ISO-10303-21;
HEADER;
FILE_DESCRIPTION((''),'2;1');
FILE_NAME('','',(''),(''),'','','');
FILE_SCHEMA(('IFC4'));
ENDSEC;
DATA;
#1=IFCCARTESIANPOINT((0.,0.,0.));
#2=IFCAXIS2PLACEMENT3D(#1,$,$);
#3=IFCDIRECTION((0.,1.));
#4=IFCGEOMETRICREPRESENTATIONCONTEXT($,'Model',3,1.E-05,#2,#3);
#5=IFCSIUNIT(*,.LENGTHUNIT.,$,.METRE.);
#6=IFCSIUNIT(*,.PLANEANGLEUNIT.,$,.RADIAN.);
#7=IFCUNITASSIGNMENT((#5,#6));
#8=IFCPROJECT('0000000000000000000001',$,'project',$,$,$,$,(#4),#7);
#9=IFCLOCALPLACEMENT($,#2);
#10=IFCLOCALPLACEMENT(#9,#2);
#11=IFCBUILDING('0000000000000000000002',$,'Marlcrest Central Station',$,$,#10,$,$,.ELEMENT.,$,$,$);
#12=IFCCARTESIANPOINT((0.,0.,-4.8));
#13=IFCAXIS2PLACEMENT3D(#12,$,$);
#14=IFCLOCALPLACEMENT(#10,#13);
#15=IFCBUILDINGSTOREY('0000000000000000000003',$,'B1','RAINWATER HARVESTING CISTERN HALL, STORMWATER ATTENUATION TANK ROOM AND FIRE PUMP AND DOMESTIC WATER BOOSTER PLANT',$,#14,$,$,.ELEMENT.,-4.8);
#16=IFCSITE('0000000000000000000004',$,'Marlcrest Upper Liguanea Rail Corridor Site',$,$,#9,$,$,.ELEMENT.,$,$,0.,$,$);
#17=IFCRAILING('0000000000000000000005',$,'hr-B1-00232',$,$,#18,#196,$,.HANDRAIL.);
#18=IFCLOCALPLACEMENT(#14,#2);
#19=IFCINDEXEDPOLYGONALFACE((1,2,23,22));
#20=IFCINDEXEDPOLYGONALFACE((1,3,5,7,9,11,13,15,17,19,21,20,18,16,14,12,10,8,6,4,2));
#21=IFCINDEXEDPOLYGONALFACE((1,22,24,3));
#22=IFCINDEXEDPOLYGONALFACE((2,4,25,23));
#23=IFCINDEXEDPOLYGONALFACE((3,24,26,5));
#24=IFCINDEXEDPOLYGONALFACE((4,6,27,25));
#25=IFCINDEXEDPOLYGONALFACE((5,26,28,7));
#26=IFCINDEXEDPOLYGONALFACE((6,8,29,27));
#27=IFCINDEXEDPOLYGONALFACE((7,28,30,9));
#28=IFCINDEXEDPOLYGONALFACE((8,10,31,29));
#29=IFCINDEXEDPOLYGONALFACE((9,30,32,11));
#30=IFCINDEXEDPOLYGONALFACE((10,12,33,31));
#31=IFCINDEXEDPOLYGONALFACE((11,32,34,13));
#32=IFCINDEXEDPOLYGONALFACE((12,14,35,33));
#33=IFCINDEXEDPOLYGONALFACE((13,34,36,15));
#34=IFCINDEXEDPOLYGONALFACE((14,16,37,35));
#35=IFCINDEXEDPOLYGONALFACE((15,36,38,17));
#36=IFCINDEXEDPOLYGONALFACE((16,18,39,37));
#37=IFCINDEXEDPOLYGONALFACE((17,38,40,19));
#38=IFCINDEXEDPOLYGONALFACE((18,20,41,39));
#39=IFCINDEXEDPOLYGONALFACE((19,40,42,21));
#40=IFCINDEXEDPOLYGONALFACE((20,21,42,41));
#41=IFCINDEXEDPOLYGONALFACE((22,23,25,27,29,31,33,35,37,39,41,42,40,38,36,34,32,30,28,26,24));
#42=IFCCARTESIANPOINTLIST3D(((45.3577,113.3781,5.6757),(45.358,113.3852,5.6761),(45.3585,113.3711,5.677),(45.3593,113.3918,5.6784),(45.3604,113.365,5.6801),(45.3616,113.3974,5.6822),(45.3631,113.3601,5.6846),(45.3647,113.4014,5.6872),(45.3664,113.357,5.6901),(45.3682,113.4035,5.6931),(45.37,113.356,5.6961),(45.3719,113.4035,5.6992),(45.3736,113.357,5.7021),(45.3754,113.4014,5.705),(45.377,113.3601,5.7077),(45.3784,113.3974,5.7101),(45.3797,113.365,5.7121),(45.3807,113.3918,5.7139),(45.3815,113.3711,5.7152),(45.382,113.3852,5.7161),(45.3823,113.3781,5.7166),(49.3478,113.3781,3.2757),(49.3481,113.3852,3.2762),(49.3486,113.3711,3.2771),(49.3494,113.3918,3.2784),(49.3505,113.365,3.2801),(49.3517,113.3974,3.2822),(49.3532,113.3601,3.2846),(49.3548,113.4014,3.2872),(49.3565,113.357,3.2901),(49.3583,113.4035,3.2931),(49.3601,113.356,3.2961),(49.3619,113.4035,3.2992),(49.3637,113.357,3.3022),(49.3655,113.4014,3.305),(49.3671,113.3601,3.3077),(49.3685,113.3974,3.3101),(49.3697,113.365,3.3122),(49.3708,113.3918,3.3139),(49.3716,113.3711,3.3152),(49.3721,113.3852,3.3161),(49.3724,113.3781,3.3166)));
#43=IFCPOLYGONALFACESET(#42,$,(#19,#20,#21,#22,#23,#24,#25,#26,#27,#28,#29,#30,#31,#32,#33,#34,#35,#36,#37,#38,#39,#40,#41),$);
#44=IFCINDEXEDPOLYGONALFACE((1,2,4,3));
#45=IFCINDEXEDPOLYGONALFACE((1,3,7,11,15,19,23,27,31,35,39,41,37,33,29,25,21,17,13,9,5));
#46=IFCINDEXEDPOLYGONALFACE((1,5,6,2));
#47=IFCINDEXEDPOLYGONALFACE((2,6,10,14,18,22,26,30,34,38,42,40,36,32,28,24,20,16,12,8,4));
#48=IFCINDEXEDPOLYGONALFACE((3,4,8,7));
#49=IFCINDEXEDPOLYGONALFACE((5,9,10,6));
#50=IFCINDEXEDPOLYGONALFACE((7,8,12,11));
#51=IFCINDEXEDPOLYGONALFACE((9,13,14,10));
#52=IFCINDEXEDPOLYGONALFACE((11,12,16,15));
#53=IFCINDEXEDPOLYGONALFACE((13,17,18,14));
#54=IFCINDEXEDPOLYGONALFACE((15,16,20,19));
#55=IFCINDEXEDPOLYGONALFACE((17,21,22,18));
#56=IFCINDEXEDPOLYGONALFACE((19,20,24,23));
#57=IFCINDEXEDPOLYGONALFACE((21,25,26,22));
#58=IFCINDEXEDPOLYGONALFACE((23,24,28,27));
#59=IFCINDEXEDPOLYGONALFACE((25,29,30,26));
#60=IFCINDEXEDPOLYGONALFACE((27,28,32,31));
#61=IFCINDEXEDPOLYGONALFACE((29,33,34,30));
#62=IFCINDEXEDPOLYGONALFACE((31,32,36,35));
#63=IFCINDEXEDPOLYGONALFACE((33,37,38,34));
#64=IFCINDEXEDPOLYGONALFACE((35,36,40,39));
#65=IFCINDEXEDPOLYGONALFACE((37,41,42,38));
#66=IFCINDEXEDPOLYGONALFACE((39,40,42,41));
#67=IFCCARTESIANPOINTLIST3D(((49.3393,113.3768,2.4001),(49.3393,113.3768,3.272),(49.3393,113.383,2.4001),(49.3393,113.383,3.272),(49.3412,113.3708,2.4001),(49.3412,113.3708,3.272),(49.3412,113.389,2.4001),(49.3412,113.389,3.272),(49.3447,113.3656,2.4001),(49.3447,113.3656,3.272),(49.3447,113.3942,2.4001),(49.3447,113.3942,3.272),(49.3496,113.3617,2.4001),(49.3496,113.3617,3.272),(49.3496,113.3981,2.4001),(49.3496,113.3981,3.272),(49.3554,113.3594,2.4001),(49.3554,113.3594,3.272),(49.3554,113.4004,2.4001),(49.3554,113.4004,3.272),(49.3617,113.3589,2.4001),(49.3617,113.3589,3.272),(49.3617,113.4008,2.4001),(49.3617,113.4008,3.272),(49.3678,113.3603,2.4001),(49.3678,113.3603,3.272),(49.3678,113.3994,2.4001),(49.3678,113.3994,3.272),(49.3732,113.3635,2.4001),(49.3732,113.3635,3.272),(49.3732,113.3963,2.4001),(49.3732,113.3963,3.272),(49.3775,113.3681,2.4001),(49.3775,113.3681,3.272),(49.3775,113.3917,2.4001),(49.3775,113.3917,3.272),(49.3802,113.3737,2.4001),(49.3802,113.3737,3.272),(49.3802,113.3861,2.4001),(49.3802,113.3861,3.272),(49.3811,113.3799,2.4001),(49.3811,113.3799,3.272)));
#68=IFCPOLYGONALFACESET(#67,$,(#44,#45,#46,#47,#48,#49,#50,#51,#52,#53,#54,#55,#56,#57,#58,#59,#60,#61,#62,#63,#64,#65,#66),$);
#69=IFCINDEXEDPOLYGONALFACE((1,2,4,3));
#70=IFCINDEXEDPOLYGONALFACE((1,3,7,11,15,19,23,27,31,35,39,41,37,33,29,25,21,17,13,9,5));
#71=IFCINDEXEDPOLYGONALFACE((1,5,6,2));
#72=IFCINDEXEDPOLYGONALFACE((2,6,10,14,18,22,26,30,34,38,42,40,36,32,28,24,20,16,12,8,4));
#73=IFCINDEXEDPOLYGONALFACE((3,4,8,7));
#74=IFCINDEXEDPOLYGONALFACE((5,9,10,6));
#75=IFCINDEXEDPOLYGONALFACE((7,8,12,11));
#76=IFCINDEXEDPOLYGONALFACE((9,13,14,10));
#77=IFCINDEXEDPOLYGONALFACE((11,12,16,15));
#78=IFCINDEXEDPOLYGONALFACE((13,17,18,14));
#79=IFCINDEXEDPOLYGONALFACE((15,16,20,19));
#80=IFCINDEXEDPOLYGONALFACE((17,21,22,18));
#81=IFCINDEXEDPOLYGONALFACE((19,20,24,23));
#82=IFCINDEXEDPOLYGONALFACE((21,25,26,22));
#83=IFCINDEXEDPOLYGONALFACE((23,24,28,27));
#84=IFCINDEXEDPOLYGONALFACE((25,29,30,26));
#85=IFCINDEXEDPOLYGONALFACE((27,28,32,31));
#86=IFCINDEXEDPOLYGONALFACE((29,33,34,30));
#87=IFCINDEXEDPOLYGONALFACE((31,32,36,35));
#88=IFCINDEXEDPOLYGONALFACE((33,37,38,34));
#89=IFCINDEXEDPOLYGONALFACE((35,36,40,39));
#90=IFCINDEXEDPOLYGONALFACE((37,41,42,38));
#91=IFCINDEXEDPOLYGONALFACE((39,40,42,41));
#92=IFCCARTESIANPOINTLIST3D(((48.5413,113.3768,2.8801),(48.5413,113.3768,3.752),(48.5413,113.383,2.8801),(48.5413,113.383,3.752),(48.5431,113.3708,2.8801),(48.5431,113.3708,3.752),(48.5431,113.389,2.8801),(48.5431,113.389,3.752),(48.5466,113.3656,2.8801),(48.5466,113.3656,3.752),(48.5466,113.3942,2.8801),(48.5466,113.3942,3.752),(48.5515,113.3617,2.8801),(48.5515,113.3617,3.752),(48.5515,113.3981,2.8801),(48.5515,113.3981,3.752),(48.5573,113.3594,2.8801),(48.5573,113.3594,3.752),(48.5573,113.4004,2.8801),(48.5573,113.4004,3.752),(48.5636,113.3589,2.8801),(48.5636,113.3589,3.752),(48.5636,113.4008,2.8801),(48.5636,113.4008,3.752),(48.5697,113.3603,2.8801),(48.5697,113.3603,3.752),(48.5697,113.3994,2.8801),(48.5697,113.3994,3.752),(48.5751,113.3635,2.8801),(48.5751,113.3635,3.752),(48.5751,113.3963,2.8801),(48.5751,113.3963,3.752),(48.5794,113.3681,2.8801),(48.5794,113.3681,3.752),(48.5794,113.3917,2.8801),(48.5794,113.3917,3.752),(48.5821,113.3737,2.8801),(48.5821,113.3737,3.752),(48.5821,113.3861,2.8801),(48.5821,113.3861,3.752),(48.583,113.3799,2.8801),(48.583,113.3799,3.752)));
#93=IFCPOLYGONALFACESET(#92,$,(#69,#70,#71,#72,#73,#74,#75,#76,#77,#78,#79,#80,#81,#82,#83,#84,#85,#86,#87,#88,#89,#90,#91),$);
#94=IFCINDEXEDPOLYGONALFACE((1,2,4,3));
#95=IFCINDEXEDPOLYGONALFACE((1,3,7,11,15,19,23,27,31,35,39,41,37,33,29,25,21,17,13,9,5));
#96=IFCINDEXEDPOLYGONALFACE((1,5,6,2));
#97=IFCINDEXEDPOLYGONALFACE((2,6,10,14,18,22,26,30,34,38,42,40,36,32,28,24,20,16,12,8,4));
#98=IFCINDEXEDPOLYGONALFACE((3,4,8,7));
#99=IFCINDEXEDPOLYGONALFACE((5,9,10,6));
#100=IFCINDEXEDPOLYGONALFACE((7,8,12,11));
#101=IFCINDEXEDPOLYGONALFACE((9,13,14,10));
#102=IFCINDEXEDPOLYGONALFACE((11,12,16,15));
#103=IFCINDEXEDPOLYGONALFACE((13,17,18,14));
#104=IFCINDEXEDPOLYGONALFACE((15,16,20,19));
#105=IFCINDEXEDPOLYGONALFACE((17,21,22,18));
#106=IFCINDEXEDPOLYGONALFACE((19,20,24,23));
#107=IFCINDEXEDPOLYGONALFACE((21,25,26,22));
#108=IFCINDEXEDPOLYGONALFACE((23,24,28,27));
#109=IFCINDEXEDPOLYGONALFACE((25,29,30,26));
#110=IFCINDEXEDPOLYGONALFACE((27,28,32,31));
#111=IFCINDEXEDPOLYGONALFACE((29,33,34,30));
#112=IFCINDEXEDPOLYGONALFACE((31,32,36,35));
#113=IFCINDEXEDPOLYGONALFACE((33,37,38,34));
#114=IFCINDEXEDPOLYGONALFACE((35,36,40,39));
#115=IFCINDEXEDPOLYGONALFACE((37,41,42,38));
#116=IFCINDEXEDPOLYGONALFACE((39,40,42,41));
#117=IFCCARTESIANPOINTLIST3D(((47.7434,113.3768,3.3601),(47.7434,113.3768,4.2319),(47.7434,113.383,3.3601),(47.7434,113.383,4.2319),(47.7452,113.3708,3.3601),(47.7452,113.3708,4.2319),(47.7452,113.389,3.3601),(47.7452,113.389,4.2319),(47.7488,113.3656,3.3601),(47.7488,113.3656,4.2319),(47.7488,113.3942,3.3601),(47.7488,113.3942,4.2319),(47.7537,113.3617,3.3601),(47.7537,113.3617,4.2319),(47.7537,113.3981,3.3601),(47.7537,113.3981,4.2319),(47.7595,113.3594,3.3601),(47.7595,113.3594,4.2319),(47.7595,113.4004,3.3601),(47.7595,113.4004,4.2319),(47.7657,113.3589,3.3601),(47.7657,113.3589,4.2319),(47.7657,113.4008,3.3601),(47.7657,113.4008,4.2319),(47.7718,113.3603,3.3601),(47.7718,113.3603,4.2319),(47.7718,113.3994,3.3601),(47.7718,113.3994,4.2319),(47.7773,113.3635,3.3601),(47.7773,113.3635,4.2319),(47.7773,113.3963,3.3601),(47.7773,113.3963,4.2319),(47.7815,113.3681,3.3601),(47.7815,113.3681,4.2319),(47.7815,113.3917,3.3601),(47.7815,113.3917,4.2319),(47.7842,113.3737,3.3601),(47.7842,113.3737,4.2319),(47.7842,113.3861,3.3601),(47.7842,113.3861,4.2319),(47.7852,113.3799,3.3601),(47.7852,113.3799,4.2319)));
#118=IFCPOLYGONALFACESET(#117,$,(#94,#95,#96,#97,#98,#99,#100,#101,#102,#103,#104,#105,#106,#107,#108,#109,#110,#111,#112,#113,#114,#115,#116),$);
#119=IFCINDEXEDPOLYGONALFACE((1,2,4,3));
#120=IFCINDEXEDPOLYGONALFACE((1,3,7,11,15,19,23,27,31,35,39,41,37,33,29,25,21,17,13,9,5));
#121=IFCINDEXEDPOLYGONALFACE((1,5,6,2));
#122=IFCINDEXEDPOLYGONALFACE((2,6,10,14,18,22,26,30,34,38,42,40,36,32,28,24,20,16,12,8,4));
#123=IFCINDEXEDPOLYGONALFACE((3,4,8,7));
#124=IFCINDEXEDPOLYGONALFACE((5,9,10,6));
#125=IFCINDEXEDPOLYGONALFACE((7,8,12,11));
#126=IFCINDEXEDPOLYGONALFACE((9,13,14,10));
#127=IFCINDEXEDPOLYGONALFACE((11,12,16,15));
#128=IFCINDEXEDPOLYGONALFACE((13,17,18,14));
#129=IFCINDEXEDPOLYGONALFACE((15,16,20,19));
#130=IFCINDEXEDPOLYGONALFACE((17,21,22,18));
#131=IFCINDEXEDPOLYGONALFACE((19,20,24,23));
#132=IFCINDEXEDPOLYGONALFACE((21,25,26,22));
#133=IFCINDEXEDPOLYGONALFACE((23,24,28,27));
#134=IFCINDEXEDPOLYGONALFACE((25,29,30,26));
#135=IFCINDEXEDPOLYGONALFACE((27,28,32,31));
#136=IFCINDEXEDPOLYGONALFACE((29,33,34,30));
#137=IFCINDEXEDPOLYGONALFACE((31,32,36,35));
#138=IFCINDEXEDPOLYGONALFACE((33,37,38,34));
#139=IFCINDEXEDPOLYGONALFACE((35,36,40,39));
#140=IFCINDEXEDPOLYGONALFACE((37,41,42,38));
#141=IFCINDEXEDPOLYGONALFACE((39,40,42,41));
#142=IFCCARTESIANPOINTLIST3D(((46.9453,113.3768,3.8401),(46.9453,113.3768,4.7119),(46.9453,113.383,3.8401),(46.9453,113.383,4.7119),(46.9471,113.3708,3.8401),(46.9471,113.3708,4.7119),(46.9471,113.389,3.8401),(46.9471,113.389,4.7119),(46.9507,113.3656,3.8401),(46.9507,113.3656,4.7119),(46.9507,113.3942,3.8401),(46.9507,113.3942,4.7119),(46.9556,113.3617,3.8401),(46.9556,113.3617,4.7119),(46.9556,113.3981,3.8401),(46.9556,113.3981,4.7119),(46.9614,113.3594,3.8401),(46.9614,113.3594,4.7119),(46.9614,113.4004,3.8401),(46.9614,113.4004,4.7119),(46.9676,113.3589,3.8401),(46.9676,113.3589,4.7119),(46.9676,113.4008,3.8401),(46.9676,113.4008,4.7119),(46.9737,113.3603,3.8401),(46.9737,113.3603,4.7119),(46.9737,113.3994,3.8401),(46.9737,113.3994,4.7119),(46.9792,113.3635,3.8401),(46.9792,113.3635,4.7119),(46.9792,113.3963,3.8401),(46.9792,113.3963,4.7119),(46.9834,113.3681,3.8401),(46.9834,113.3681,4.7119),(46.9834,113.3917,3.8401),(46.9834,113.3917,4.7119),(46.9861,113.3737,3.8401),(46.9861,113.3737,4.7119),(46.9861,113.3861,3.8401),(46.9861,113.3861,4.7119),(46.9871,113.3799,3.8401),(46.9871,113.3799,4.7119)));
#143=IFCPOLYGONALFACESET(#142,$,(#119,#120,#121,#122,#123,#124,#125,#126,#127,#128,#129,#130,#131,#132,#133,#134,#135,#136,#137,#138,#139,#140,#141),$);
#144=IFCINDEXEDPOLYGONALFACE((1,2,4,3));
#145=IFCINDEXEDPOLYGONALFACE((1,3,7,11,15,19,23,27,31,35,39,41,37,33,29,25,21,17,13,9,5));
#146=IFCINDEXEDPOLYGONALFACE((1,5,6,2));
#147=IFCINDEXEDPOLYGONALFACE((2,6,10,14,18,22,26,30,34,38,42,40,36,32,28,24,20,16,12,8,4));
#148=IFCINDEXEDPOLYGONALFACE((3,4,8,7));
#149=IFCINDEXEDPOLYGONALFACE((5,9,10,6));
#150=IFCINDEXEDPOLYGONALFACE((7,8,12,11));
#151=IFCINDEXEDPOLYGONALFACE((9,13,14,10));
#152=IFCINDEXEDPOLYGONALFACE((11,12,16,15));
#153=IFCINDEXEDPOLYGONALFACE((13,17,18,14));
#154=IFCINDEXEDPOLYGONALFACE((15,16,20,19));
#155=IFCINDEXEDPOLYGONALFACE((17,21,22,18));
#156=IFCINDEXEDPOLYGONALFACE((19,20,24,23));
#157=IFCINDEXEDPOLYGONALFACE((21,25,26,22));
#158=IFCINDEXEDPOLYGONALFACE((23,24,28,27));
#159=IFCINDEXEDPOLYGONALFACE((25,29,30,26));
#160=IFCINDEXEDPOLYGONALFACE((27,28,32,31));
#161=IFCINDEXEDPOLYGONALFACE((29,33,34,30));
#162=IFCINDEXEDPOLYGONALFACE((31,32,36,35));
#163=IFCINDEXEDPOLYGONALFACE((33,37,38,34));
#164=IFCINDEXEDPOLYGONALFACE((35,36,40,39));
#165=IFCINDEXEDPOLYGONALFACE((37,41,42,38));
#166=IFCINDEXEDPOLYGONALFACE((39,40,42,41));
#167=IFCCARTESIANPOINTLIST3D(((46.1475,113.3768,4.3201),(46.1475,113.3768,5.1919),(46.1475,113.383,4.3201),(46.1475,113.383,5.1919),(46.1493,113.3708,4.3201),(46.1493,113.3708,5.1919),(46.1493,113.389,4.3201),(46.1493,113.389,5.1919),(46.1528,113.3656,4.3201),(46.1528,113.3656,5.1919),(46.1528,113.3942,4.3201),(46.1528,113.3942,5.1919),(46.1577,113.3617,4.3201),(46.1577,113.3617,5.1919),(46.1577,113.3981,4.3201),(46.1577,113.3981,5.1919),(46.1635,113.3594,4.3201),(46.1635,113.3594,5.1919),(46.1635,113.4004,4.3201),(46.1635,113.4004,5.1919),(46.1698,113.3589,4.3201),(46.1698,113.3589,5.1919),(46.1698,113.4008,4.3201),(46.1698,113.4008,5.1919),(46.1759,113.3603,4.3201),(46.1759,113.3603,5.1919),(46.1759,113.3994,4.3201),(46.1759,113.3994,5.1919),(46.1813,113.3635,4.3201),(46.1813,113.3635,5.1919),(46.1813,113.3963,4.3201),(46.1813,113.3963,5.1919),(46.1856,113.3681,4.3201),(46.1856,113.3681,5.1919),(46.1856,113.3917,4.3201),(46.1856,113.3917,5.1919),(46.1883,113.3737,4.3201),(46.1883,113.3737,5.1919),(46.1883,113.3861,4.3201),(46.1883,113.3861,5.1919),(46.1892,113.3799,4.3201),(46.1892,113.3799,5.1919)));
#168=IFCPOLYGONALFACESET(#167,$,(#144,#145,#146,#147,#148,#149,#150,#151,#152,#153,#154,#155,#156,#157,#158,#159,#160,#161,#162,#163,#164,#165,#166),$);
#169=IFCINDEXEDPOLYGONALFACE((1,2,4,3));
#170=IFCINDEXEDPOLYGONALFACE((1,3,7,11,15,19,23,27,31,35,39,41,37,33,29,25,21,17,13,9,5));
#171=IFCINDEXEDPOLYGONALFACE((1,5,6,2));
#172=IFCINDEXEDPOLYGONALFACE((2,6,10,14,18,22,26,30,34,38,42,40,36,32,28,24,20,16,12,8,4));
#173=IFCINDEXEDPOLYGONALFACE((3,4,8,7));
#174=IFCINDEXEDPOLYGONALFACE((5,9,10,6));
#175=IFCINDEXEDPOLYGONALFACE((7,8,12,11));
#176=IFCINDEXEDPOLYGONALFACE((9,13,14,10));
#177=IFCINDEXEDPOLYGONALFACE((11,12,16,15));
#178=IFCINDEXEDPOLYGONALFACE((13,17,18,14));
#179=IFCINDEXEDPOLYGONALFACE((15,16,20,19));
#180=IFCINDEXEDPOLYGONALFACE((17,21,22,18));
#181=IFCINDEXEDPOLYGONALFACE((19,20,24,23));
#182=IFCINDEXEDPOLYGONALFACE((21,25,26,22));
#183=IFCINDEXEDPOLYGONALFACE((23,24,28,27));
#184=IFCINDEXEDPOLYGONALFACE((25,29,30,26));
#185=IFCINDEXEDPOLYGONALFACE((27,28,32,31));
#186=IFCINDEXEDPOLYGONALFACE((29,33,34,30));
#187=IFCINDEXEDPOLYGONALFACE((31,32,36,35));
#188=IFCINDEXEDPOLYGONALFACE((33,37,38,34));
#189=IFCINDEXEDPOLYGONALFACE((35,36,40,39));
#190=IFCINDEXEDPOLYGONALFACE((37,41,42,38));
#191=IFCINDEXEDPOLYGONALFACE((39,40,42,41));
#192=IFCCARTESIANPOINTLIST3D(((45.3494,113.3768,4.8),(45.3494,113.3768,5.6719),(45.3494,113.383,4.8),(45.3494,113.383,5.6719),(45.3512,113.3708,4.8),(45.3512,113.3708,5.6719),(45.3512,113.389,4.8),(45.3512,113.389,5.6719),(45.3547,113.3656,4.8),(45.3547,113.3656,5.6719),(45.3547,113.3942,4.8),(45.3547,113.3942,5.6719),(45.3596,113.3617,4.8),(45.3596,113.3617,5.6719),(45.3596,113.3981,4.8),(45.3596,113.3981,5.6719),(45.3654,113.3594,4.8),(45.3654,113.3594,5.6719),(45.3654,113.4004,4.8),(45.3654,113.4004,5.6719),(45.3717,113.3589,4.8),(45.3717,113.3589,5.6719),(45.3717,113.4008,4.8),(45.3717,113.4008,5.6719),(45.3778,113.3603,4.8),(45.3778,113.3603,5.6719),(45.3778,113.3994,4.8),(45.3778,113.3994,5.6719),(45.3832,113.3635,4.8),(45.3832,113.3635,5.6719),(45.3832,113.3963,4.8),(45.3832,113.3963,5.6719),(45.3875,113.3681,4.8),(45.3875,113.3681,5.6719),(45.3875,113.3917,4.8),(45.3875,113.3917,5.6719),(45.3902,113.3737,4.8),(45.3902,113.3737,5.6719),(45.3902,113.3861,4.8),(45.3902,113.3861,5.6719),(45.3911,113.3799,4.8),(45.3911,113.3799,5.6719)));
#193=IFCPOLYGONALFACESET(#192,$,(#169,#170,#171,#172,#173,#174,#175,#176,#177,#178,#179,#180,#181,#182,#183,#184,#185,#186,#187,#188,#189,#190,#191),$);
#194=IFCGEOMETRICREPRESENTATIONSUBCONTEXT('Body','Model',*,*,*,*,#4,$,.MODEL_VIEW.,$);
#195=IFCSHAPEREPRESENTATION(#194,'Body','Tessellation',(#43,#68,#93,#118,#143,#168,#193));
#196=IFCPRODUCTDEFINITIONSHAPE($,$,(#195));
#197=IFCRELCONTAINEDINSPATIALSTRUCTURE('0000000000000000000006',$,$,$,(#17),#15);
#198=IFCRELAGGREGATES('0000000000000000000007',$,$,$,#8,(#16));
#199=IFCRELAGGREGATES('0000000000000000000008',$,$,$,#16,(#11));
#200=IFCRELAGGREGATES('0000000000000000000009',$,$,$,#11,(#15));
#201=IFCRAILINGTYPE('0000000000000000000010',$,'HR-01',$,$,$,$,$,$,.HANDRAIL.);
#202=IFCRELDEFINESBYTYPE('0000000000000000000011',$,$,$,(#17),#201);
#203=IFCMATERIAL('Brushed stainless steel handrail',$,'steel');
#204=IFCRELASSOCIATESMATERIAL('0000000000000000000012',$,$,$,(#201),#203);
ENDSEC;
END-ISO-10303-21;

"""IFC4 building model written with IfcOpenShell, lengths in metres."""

from ifc_helpers import new_model, si_unit, direction, frame, origin, origin_2d, place, context, subcontext, project, spatial, circle, extrude, material, type_object, element, save


model = new_model("IFC4")

# Units and contexts
model_context = context("Model", 3, precision=1e-05, world=origin(), true_north=direction((0.0, 1.0)))
body_context = subcontext(model_context, "Body", "Model", "MODEL_VIEW")
ifc_project = project(units=[si_unit("LENGTHUNIT", "METRE"), si_unit("PLANEANGLEUNIT", "RADIAN")], contexts=[model_context])

# Site, building, storey
site_placement = place(None, origin())
site = spatial("IfcSite", under=ifc_project, at=site_placement, Name="Marlcrest Upper Liguanea Rail Corridor Site", CompositionType="ELEMENT", RefElevation=0.0)
building_placement = place(site_placement, origin())
building = spatial("IfcBuilding", under=site, at=building_placement, Name="Marlcrest Central Station", CompositionType="ELEMENT")
storey_placement = place(building_placement, frame((0.0, 0.0, -4.8)))
storey = spatial("IfcBuildingStorey", under=building, at=storey_placement, Name="B1", Description="RAINWATER HARVESTING CISTERN HALL, STORMWATER ATTENUATION TANK ROOM AND FIRE PUMP AND DOMESTIC WATER BOOSTER PLANT", CompositionType="ELEMENT", Elevation=-4.8)

# Railing
ifc_material_1 = material(Name="Brushed stainless steel handrail", Category="steel")
railing_type = type_object("IfcRailingType", Name="HR-01", PredefinedType="HANDRAIL", material=ifc_material_1)
for number, where, name in (
    (1, (49.3601, 113.3799, 2.4001), "hr-B1-00232"),
):
    element("IfcRailing", number, at=place(storey_placement, frame(where)), inside=storey, type_object=railing_type, Name=name, PredefinedType="HANDRAIL", context=body_context, shape_type="SweptSolid", body=[
        extrude(circle(Radius=0.0239, at=origin_2d()), frame((0.0, 0.0, 0.896), z_axis=(-0.856933, 0.0, 0.515428), x_axis=(0.0, -1.0, 0.0)), (0.0, 0.0, 1.0), 4.6562),
        extrude(circle(Radius=0.021, at=origin_2d()), origin(), (0.0, 0.0, 1.0), 0.8718),
        extrude(circle(Radius=0.021, at=origin_2d()), frame((-0.7981, 0.0, 0.48)), (0.0, 0.0, 1.0), 0.8718),
        extrude(circle(Radius=0.021, at=origin_2d()), frame((-1.5959, 0.0, 0.96)), (0.0, 0.0, 1.0), 0.8718),
        extrude(circle(Radius=0.021, at=origin_2d()), frame((-2.394, 0.0, 1.4399)), (0.0, 0.0, 1.0), 0.8718),
        extrude(circle(Radius=0.021, at=origin_2d()), frame((-3.1919, 0.0, 1.9199)), (0.0, 0.0, 1.0), 0.8718),
        extrude(circle(Radius=0.021, at=origin_2d()), frame((-3.99, 0.0, 2.3999)), (0.0, 0.0, 1.0), 0.8718),
    ])

save(model, "model.ifc")
